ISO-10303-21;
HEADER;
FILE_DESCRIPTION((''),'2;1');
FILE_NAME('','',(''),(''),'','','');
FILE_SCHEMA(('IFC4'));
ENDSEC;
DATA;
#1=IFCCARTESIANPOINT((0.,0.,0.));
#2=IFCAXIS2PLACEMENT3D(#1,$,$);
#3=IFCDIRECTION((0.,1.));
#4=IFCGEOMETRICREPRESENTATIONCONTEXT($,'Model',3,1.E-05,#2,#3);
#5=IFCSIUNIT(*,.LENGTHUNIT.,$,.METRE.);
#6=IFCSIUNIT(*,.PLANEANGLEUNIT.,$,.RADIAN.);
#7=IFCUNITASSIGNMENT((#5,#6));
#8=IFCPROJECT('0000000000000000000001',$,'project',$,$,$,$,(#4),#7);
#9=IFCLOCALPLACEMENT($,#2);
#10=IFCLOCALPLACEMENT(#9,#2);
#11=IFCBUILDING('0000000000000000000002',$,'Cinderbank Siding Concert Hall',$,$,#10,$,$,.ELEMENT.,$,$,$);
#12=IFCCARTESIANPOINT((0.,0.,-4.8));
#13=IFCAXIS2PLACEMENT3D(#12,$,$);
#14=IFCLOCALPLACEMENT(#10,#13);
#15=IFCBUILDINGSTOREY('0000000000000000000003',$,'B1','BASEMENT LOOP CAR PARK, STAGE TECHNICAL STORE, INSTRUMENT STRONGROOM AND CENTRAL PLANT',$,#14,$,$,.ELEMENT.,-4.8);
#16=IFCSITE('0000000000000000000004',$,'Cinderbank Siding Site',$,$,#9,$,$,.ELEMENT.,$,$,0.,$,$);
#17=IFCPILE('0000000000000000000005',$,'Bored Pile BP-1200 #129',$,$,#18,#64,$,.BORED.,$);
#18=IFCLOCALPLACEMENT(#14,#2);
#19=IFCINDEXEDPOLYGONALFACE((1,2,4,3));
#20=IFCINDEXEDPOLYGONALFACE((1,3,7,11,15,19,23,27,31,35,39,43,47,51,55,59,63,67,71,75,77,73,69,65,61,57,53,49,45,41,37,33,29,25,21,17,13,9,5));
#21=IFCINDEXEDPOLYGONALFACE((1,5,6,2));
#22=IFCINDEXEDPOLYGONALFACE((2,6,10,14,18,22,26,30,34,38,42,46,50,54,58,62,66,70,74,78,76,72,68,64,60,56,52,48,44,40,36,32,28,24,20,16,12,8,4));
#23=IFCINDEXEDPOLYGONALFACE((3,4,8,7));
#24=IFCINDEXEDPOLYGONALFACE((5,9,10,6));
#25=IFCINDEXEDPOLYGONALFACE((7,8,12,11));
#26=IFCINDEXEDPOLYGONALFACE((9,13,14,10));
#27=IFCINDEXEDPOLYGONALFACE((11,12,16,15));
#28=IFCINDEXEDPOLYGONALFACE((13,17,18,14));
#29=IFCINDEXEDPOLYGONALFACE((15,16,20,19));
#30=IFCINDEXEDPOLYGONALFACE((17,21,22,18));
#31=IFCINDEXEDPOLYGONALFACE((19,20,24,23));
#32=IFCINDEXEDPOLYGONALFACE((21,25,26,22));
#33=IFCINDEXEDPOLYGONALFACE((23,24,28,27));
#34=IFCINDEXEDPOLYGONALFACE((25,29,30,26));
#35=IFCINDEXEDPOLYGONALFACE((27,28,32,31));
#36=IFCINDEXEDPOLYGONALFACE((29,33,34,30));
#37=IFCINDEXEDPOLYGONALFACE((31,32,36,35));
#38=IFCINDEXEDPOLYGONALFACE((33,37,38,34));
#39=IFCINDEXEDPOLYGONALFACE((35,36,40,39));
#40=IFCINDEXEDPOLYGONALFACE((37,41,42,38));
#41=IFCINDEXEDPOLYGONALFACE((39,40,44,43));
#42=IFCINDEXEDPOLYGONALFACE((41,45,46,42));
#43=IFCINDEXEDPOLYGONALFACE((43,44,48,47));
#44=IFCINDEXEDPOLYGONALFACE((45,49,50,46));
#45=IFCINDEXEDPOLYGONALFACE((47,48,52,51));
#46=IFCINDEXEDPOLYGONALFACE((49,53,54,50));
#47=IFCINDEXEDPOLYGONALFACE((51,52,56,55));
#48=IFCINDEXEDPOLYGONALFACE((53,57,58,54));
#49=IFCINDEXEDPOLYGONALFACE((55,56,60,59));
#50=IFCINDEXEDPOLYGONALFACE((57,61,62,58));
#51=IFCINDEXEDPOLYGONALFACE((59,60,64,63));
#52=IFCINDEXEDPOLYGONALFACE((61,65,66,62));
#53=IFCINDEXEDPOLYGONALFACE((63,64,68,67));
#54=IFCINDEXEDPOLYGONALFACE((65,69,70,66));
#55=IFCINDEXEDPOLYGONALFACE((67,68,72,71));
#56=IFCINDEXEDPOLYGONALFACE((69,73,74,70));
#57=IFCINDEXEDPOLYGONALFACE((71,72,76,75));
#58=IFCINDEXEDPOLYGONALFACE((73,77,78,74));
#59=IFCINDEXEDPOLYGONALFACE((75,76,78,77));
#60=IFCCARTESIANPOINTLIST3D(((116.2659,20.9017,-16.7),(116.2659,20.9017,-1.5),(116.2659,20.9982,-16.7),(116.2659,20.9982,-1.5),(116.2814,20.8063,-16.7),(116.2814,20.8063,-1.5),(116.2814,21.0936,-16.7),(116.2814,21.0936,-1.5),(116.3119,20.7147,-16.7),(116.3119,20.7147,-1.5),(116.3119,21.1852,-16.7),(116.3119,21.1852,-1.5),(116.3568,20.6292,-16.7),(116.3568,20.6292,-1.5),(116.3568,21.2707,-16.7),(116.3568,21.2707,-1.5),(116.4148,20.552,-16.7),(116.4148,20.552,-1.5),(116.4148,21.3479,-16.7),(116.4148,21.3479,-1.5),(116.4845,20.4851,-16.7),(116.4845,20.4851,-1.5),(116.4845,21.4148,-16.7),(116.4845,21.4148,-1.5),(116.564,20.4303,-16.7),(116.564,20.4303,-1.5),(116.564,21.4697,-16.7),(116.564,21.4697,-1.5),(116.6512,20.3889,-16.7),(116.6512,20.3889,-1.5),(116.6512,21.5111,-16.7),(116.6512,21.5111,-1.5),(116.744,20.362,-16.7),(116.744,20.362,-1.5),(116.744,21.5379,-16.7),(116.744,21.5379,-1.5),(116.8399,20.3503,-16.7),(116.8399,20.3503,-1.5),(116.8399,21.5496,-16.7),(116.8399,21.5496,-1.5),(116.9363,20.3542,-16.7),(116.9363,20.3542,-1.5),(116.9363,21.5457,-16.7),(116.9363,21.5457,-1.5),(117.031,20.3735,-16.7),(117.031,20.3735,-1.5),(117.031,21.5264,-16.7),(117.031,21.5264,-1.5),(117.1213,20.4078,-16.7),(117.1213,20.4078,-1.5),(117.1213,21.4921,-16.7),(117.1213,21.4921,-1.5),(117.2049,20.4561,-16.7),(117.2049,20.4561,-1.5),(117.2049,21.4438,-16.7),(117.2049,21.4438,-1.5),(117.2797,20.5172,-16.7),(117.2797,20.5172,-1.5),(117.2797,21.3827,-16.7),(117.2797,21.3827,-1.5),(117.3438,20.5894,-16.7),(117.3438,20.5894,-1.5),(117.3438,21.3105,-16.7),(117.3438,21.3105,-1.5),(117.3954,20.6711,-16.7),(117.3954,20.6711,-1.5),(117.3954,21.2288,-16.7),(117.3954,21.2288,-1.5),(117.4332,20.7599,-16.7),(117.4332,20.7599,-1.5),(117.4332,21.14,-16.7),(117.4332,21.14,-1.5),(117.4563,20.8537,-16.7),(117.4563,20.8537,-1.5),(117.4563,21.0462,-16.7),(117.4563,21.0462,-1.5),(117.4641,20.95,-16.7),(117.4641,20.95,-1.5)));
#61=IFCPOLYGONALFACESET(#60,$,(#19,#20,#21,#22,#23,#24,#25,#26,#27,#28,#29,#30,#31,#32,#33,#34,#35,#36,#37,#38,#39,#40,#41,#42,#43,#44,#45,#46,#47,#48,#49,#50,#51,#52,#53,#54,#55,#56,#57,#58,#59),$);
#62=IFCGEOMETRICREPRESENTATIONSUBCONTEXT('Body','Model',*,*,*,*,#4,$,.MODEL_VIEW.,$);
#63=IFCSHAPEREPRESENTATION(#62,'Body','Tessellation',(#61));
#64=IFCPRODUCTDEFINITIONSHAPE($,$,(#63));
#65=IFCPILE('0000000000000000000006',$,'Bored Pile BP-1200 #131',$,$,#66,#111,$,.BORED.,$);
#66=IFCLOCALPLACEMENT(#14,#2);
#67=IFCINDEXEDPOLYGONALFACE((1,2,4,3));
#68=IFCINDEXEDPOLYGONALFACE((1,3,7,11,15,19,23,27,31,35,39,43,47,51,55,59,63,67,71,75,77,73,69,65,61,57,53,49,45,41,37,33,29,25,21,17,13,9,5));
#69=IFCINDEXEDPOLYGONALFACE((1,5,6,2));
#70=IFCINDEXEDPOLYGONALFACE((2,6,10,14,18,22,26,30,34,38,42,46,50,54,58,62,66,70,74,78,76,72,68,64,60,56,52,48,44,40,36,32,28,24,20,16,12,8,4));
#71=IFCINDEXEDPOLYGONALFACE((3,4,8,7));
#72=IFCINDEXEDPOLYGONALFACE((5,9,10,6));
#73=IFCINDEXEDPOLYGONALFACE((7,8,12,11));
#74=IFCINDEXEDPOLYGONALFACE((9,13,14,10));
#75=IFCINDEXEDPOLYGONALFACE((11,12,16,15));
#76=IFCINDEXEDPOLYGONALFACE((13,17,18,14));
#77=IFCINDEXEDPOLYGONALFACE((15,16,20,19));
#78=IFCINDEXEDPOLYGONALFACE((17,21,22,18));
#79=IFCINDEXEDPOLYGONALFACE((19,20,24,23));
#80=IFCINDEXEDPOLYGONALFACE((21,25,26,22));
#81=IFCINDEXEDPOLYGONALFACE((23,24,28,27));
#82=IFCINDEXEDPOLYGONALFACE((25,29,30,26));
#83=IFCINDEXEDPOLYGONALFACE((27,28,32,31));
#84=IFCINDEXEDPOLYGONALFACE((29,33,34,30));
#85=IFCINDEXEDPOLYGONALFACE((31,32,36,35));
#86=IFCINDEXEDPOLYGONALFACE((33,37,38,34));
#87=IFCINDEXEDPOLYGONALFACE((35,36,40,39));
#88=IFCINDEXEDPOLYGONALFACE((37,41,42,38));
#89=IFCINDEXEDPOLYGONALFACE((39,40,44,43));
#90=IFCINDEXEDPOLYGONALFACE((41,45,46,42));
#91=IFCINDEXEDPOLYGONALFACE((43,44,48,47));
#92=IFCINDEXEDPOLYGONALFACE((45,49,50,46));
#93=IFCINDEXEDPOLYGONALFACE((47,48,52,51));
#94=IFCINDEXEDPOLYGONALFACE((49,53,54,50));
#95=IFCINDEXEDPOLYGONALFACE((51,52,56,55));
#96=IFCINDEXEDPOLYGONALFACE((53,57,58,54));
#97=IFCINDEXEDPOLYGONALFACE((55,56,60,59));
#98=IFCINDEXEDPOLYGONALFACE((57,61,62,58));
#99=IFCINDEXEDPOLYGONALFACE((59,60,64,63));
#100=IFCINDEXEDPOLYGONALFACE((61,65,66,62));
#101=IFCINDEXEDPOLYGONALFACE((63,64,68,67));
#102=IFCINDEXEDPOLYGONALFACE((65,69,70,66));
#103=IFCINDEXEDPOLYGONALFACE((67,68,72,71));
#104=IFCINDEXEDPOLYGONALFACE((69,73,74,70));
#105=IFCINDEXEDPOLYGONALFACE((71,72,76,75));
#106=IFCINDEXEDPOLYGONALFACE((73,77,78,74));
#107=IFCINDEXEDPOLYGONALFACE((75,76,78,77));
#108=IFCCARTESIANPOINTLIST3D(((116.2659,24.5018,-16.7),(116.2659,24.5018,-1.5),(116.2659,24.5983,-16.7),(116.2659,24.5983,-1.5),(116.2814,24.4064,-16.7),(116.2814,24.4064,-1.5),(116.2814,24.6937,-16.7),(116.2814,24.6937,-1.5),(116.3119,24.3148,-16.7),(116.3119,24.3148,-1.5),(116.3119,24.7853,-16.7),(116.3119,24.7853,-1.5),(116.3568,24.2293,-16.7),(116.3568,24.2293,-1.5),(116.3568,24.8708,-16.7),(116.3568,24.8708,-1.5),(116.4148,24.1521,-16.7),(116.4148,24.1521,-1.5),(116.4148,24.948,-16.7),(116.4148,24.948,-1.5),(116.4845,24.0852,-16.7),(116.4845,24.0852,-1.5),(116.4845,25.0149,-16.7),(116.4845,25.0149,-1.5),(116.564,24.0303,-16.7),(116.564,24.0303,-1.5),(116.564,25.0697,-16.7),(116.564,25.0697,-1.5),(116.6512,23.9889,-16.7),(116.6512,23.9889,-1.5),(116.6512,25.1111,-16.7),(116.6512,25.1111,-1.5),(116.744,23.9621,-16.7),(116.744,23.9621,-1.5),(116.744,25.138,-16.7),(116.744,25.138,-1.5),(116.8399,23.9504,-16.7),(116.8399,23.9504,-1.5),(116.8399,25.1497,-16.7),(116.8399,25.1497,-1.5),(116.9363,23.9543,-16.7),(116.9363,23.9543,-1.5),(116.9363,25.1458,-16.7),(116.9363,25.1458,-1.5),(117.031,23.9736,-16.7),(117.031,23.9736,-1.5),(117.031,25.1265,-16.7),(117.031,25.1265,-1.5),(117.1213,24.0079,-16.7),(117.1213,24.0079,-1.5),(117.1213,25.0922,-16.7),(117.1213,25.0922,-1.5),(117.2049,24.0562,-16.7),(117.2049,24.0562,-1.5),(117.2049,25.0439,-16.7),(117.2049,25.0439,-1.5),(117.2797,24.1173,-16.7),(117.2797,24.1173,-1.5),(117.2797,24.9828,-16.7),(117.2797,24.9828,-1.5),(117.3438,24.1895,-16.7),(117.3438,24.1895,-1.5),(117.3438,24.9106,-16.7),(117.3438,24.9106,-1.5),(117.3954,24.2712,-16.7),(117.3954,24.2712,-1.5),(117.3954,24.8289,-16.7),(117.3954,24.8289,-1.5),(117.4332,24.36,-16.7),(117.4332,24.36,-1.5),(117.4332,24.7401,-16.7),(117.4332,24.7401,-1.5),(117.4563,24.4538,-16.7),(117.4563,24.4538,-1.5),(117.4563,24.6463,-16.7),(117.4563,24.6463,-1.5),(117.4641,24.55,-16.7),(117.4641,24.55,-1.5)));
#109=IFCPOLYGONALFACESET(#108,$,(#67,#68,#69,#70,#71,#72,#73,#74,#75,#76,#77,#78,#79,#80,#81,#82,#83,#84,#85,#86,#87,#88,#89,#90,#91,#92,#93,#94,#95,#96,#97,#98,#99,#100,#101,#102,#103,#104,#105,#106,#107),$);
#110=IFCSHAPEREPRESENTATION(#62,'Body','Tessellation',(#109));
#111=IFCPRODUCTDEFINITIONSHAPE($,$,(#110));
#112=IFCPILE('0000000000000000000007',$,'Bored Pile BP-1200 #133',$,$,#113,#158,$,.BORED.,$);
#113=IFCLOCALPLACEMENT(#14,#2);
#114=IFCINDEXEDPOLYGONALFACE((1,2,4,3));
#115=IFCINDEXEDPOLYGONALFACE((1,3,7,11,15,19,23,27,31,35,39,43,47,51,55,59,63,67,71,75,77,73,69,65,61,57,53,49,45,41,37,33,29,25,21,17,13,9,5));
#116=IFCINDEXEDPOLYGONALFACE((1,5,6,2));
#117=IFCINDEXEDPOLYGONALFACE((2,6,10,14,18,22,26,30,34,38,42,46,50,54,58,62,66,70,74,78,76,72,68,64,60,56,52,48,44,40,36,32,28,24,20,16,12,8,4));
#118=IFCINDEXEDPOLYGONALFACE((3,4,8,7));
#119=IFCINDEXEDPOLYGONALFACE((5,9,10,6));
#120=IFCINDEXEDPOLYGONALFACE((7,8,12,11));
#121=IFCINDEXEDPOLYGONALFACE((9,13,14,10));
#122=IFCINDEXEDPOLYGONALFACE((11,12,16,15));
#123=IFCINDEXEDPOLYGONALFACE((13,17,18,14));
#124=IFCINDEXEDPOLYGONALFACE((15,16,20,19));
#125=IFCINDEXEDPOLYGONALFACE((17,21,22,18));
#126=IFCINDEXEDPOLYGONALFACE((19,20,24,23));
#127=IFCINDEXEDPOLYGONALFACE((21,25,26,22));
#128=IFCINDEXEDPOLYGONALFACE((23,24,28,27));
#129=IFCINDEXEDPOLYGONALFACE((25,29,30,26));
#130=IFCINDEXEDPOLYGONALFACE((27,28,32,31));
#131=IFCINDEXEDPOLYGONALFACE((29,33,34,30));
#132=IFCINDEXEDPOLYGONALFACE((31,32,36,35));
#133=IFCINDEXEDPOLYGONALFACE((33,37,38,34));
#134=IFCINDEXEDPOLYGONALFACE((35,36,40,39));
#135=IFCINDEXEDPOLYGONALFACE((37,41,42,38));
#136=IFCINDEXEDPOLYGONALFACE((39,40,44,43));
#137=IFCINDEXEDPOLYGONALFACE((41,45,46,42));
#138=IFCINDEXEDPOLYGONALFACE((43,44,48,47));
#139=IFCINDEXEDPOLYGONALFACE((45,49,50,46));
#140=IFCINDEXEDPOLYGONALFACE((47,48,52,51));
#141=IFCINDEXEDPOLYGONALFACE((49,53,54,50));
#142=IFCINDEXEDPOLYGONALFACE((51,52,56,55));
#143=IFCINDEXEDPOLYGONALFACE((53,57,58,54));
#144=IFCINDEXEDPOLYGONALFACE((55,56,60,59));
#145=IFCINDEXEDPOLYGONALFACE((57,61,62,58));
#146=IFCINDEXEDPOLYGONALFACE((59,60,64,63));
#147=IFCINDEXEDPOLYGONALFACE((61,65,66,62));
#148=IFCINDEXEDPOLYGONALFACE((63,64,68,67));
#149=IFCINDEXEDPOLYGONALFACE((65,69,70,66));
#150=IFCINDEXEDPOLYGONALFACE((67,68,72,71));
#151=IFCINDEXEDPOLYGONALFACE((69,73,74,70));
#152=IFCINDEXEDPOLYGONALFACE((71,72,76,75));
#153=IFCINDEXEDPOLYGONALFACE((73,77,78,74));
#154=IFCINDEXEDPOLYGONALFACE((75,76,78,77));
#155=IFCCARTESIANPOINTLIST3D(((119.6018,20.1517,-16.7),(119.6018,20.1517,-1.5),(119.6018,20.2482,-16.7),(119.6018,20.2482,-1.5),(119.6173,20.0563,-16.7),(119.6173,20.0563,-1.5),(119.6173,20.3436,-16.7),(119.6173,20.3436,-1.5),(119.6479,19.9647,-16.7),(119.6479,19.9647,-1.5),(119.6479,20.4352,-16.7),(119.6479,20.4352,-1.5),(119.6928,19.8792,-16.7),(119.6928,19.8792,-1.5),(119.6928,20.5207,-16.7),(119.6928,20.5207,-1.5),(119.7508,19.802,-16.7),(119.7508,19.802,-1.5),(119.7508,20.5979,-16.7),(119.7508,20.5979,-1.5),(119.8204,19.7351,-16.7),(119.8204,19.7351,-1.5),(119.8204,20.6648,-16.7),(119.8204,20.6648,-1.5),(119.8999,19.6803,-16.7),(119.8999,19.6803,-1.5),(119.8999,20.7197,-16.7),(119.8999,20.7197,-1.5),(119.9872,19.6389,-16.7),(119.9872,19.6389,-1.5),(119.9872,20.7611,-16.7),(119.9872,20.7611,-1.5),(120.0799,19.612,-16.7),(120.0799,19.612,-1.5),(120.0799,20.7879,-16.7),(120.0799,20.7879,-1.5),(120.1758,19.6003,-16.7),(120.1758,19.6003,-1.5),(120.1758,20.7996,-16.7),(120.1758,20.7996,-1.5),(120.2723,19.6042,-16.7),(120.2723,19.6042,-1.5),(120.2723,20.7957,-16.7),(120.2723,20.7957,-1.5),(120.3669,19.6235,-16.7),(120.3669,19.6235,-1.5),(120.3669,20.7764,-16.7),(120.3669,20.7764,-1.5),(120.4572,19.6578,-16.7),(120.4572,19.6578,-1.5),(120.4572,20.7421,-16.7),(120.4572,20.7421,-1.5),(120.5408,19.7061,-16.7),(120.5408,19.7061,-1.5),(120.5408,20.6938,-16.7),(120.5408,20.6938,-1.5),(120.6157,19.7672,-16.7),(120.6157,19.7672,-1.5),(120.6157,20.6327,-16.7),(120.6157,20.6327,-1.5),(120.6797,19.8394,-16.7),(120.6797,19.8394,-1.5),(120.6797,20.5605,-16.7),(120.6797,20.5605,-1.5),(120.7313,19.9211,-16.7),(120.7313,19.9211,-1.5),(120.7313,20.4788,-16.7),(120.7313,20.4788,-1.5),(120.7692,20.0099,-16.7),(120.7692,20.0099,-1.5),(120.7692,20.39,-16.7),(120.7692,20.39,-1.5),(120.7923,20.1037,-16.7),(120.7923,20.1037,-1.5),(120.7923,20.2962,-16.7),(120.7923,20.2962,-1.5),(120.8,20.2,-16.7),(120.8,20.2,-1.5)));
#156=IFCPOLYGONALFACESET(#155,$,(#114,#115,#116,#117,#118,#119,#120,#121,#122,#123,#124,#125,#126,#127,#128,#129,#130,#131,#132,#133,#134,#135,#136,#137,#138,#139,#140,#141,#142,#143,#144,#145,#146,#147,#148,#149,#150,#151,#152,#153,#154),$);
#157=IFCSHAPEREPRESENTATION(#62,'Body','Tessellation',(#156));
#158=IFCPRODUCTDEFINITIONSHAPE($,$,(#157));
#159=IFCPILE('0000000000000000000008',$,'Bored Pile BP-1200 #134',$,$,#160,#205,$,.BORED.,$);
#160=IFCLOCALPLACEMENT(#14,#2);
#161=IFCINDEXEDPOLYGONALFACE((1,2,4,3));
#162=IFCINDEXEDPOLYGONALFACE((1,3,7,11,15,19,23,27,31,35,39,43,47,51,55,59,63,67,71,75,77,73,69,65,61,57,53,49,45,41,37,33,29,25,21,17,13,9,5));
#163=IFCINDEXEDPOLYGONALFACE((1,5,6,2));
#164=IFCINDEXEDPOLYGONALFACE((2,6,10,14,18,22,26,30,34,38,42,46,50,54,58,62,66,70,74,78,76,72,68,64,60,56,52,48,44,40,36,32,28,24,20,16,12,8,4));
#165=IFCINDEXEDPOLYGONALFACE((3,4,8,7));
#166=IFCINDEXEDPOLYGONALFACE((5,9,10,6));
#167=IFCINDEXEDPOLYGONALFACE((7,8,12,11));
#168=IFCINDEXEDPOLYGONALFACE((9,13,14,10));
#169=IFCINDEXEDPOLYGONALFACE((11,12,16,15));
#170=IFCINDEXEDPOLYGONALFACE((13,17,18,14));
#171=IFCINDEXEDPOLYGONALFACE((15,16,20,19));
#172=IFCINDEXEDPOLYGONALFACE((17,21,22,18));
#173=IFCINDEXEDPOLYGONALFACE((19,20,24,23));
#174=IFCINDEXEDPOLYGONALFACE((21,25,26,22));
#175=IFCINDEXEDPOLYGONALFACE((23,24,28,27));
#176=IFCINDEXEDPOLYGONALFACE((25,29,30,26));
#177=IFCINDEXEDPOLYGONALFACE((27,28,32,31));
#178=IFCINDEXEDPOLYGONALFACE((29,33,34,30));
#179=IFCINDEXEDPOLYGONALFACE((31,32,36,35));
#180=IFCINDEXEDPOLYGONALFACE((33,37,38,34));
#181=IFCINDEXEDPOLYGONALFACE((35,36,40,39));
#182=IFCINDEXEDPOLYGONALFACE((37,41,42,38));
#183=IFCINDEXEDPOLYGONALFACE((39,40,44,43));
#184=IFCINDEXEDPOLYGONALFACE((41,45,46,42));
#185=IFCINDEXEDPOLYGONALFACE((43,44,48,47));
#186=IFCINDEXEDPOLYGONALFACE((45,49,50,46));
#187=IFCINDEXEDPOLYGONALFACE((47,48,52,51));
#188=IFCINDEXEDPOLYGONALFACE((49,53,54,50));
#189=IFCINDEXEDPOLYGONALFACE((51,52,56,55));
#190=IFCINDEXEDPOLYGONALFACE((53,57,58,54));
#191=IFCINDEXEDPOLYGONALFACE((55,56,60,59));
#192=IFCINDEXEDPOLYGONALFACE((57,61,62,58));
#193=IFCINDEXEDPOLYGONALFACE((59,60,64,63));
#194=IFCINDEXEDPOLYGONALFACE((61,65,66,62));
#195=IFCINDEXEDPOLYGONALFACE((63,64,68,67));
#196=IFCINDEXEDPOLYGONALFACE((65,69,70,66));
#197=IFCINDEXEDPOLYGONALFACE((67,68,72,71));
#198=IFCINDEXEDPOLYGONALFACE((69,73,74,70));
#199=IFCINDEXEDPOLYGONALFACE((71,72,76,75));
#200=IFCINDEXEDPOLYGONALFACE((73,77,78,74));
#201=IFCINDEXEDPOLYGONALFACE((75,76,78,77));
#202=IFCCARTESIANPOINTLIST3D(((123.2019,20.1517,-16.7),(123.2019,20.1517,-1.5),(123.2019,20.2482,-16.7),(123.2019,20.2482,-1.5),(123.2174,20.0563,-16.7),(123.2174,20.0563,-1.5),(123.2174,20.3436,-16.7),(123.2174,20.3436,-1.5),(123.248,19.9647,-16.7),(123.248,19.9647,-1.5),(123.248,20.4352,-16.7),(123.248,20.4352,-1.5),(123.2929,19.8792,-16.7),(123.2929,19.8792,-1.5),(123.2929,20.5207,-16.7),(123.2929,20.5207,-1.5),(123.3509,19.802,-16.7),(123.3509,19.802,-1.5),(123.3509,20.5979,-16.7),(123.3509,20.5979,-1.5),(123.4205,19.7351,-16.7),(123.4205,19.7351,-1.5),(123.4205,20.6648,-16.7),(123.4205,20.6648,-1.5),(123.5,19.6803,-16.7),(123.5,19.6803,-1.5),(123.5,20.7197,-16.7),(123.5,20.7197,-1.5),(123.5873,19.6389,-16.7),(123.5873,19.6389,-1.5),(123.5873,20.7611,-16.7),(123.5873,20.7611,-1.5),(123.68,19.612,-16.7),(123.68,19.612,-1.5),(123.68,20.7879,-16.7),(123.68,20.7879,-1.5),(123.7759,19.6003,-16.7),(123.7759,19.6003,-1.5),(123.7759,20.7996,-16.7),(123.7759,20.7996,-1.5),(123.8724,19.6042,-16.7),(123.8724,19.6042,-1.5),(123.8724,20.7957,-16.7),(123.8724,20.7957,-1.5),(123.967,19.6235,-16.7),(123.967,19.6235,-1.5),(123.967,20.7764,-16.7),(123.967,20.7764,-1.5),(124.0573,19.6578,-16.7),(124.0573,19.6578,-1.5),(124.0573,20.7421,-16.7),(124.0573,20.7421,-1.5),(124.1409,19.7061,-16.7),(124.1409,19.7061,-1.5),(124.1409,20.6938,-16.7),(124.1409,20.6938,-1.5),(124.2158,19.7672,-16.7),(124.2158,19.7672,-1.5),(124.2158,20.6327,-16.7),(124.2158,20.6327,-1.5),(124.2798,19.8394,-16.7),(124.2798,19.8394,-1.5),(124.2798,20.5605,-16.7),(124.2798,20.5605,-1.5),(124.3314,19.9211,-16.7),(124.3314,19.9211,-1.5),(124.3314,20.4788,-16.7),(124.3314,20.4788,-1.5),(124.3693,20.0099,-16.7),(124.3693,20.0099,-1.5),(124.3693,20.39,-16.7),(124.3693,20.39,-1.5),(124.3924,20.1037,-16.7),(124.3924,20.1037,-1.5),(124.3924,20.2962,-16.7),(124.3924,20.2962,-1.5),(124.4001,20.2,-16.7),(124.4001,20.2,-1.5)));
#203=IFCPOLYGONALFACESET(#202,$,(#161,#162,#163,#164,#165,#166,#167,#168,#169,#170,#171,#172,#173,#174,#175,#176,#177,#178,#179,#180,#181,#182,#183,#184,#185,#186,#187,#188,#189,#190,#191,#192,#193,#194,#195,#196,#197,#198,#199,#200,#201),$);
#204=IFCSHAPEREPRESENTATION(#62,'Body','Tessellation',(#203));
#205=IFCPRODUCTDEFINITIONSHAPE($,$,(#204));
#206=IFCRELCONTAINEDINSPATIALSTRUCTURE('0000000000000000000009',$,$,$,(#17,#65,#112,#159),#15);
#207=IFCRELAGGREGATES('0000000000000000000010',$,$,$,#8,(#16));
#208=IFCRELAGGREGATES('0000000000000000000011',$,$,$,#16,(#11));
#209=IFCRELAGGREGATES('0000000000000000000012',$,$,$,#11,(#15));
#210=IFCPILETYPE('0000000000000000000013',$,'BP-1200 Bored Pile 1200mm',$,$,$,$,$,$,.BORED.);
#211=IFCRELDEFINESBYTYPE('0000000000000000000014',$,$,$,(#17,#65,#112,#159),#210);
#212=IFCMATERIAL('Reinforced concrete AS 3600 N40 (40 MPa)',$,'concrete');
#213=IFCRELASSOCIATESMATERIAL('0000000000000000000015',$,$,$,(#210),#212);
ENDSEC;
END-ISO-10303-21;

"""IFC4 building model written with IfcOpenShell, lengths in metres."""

from ifc_helpers import new_model, si_unit, direction, frame, origin, origin_2d, place, context, subcontext, project, spatial, circle, extrude, material, material_profile, profile_set, type_object, element, save


model = new_model("IFC4")

# Units and contexts
model_context = context("Model", 3, precision=1e-05, world=origin(), true_north=direction((0.0, 1.0)))
body_context = subcontext(model_context, "Body", "Model", "MODEL_VIEW")
ifc_project = project(units=[si_unit("LENGTHUNIT", "METRE"), si_unit("PLANEANGLEUNIT", "RADIAN")], contexts=[model_context])

# Site, building, storey
site_placement = place(None, origin())
site = spatial("IfcSite", under=ifc_project, at=site_placement, Name="Cinderbank Siding Site", CompositionType="ELEMENT", RefElevation=0.0)
building_placement = place(site_placement, origin())
building = spatial("IfcBuilding", under=site, at=building_placement, Name="Cinderbank Siding Concert Hall", CompositionType="ELEMENT")
storey_placement = place(building_placement, frame((0.0, 0.0, -4.8)))
storey = spatial("IfcBuildingStorey", under=building, at=storey_placement, Name="B1", Description="BASEMENT LOOP CAR PARK, STAGE TECHNICAL STORE, INSTRUMENT STRONGROOM AND CENTRAL PLANT", CompositionType="ELEMENT", Elevation=-4.8)

# Piles
ifc_material_1 = material(Name="Reinforced concrete AS 3600 N40 (40 MPa)", Category="concrete")
ifc_material_profile_1 = material_profile(ifc_material_1, circle(Radius=0.6001, at=origin_2d()), Name="PILE-1200DIA", Category="LoadBearing")
ifc_profile_set_1 = profile_set([ifc_material_profile_1], Name="Reinforced concrete AS 3600 N40 (40 MPa)")
pile_type_1 = type_object("IfcPileType", Name="BP-1200 Bored Pile 1200mm", PredefinedType="BORED", material=ifc_profile_set_1)
for number, where, z_axis, x_axis, name in (
    (1, (116.864, 20.95, -1.5), (0.0, 0.0, -1.0), (1.0, 0.0, 0.0), "Bored Pile BP-1200 #129"),
    (2, (116.864, 24.55, -1.5), (0.0, 0.0, -1.0), (1.0, 0.0, 0.0), "Bored Pile BP-1200 #131"),
    (3, (120.2, 20.2, -1.5), (0.0, 0.0, -1.0), (1.0, 0.0, 0.0), "Bored Pile BP-1200 #133"),
    (4, (123.8, 20.2, -1.5), (0.0, 0.0, -1.0), (1.0, 0.0, 0.0), "Bored Pile BP-1200 #134"),
):
    element("IfcPile", number, at=place(storey_placement, frame(where, z_axis=z_axis, x_axis=x_axis)), inside=storey, type_object=pile_type_1, Name=name, PredefinedType="BORED", context=body_context, shape_type="SweptSolid", body=[
        extrude(circle(Radius=0.6001, at=origin_2d()), origin(), (0.0, 0.0, 1.0), 15.2),
    ])

save(model, "model.ifc")
